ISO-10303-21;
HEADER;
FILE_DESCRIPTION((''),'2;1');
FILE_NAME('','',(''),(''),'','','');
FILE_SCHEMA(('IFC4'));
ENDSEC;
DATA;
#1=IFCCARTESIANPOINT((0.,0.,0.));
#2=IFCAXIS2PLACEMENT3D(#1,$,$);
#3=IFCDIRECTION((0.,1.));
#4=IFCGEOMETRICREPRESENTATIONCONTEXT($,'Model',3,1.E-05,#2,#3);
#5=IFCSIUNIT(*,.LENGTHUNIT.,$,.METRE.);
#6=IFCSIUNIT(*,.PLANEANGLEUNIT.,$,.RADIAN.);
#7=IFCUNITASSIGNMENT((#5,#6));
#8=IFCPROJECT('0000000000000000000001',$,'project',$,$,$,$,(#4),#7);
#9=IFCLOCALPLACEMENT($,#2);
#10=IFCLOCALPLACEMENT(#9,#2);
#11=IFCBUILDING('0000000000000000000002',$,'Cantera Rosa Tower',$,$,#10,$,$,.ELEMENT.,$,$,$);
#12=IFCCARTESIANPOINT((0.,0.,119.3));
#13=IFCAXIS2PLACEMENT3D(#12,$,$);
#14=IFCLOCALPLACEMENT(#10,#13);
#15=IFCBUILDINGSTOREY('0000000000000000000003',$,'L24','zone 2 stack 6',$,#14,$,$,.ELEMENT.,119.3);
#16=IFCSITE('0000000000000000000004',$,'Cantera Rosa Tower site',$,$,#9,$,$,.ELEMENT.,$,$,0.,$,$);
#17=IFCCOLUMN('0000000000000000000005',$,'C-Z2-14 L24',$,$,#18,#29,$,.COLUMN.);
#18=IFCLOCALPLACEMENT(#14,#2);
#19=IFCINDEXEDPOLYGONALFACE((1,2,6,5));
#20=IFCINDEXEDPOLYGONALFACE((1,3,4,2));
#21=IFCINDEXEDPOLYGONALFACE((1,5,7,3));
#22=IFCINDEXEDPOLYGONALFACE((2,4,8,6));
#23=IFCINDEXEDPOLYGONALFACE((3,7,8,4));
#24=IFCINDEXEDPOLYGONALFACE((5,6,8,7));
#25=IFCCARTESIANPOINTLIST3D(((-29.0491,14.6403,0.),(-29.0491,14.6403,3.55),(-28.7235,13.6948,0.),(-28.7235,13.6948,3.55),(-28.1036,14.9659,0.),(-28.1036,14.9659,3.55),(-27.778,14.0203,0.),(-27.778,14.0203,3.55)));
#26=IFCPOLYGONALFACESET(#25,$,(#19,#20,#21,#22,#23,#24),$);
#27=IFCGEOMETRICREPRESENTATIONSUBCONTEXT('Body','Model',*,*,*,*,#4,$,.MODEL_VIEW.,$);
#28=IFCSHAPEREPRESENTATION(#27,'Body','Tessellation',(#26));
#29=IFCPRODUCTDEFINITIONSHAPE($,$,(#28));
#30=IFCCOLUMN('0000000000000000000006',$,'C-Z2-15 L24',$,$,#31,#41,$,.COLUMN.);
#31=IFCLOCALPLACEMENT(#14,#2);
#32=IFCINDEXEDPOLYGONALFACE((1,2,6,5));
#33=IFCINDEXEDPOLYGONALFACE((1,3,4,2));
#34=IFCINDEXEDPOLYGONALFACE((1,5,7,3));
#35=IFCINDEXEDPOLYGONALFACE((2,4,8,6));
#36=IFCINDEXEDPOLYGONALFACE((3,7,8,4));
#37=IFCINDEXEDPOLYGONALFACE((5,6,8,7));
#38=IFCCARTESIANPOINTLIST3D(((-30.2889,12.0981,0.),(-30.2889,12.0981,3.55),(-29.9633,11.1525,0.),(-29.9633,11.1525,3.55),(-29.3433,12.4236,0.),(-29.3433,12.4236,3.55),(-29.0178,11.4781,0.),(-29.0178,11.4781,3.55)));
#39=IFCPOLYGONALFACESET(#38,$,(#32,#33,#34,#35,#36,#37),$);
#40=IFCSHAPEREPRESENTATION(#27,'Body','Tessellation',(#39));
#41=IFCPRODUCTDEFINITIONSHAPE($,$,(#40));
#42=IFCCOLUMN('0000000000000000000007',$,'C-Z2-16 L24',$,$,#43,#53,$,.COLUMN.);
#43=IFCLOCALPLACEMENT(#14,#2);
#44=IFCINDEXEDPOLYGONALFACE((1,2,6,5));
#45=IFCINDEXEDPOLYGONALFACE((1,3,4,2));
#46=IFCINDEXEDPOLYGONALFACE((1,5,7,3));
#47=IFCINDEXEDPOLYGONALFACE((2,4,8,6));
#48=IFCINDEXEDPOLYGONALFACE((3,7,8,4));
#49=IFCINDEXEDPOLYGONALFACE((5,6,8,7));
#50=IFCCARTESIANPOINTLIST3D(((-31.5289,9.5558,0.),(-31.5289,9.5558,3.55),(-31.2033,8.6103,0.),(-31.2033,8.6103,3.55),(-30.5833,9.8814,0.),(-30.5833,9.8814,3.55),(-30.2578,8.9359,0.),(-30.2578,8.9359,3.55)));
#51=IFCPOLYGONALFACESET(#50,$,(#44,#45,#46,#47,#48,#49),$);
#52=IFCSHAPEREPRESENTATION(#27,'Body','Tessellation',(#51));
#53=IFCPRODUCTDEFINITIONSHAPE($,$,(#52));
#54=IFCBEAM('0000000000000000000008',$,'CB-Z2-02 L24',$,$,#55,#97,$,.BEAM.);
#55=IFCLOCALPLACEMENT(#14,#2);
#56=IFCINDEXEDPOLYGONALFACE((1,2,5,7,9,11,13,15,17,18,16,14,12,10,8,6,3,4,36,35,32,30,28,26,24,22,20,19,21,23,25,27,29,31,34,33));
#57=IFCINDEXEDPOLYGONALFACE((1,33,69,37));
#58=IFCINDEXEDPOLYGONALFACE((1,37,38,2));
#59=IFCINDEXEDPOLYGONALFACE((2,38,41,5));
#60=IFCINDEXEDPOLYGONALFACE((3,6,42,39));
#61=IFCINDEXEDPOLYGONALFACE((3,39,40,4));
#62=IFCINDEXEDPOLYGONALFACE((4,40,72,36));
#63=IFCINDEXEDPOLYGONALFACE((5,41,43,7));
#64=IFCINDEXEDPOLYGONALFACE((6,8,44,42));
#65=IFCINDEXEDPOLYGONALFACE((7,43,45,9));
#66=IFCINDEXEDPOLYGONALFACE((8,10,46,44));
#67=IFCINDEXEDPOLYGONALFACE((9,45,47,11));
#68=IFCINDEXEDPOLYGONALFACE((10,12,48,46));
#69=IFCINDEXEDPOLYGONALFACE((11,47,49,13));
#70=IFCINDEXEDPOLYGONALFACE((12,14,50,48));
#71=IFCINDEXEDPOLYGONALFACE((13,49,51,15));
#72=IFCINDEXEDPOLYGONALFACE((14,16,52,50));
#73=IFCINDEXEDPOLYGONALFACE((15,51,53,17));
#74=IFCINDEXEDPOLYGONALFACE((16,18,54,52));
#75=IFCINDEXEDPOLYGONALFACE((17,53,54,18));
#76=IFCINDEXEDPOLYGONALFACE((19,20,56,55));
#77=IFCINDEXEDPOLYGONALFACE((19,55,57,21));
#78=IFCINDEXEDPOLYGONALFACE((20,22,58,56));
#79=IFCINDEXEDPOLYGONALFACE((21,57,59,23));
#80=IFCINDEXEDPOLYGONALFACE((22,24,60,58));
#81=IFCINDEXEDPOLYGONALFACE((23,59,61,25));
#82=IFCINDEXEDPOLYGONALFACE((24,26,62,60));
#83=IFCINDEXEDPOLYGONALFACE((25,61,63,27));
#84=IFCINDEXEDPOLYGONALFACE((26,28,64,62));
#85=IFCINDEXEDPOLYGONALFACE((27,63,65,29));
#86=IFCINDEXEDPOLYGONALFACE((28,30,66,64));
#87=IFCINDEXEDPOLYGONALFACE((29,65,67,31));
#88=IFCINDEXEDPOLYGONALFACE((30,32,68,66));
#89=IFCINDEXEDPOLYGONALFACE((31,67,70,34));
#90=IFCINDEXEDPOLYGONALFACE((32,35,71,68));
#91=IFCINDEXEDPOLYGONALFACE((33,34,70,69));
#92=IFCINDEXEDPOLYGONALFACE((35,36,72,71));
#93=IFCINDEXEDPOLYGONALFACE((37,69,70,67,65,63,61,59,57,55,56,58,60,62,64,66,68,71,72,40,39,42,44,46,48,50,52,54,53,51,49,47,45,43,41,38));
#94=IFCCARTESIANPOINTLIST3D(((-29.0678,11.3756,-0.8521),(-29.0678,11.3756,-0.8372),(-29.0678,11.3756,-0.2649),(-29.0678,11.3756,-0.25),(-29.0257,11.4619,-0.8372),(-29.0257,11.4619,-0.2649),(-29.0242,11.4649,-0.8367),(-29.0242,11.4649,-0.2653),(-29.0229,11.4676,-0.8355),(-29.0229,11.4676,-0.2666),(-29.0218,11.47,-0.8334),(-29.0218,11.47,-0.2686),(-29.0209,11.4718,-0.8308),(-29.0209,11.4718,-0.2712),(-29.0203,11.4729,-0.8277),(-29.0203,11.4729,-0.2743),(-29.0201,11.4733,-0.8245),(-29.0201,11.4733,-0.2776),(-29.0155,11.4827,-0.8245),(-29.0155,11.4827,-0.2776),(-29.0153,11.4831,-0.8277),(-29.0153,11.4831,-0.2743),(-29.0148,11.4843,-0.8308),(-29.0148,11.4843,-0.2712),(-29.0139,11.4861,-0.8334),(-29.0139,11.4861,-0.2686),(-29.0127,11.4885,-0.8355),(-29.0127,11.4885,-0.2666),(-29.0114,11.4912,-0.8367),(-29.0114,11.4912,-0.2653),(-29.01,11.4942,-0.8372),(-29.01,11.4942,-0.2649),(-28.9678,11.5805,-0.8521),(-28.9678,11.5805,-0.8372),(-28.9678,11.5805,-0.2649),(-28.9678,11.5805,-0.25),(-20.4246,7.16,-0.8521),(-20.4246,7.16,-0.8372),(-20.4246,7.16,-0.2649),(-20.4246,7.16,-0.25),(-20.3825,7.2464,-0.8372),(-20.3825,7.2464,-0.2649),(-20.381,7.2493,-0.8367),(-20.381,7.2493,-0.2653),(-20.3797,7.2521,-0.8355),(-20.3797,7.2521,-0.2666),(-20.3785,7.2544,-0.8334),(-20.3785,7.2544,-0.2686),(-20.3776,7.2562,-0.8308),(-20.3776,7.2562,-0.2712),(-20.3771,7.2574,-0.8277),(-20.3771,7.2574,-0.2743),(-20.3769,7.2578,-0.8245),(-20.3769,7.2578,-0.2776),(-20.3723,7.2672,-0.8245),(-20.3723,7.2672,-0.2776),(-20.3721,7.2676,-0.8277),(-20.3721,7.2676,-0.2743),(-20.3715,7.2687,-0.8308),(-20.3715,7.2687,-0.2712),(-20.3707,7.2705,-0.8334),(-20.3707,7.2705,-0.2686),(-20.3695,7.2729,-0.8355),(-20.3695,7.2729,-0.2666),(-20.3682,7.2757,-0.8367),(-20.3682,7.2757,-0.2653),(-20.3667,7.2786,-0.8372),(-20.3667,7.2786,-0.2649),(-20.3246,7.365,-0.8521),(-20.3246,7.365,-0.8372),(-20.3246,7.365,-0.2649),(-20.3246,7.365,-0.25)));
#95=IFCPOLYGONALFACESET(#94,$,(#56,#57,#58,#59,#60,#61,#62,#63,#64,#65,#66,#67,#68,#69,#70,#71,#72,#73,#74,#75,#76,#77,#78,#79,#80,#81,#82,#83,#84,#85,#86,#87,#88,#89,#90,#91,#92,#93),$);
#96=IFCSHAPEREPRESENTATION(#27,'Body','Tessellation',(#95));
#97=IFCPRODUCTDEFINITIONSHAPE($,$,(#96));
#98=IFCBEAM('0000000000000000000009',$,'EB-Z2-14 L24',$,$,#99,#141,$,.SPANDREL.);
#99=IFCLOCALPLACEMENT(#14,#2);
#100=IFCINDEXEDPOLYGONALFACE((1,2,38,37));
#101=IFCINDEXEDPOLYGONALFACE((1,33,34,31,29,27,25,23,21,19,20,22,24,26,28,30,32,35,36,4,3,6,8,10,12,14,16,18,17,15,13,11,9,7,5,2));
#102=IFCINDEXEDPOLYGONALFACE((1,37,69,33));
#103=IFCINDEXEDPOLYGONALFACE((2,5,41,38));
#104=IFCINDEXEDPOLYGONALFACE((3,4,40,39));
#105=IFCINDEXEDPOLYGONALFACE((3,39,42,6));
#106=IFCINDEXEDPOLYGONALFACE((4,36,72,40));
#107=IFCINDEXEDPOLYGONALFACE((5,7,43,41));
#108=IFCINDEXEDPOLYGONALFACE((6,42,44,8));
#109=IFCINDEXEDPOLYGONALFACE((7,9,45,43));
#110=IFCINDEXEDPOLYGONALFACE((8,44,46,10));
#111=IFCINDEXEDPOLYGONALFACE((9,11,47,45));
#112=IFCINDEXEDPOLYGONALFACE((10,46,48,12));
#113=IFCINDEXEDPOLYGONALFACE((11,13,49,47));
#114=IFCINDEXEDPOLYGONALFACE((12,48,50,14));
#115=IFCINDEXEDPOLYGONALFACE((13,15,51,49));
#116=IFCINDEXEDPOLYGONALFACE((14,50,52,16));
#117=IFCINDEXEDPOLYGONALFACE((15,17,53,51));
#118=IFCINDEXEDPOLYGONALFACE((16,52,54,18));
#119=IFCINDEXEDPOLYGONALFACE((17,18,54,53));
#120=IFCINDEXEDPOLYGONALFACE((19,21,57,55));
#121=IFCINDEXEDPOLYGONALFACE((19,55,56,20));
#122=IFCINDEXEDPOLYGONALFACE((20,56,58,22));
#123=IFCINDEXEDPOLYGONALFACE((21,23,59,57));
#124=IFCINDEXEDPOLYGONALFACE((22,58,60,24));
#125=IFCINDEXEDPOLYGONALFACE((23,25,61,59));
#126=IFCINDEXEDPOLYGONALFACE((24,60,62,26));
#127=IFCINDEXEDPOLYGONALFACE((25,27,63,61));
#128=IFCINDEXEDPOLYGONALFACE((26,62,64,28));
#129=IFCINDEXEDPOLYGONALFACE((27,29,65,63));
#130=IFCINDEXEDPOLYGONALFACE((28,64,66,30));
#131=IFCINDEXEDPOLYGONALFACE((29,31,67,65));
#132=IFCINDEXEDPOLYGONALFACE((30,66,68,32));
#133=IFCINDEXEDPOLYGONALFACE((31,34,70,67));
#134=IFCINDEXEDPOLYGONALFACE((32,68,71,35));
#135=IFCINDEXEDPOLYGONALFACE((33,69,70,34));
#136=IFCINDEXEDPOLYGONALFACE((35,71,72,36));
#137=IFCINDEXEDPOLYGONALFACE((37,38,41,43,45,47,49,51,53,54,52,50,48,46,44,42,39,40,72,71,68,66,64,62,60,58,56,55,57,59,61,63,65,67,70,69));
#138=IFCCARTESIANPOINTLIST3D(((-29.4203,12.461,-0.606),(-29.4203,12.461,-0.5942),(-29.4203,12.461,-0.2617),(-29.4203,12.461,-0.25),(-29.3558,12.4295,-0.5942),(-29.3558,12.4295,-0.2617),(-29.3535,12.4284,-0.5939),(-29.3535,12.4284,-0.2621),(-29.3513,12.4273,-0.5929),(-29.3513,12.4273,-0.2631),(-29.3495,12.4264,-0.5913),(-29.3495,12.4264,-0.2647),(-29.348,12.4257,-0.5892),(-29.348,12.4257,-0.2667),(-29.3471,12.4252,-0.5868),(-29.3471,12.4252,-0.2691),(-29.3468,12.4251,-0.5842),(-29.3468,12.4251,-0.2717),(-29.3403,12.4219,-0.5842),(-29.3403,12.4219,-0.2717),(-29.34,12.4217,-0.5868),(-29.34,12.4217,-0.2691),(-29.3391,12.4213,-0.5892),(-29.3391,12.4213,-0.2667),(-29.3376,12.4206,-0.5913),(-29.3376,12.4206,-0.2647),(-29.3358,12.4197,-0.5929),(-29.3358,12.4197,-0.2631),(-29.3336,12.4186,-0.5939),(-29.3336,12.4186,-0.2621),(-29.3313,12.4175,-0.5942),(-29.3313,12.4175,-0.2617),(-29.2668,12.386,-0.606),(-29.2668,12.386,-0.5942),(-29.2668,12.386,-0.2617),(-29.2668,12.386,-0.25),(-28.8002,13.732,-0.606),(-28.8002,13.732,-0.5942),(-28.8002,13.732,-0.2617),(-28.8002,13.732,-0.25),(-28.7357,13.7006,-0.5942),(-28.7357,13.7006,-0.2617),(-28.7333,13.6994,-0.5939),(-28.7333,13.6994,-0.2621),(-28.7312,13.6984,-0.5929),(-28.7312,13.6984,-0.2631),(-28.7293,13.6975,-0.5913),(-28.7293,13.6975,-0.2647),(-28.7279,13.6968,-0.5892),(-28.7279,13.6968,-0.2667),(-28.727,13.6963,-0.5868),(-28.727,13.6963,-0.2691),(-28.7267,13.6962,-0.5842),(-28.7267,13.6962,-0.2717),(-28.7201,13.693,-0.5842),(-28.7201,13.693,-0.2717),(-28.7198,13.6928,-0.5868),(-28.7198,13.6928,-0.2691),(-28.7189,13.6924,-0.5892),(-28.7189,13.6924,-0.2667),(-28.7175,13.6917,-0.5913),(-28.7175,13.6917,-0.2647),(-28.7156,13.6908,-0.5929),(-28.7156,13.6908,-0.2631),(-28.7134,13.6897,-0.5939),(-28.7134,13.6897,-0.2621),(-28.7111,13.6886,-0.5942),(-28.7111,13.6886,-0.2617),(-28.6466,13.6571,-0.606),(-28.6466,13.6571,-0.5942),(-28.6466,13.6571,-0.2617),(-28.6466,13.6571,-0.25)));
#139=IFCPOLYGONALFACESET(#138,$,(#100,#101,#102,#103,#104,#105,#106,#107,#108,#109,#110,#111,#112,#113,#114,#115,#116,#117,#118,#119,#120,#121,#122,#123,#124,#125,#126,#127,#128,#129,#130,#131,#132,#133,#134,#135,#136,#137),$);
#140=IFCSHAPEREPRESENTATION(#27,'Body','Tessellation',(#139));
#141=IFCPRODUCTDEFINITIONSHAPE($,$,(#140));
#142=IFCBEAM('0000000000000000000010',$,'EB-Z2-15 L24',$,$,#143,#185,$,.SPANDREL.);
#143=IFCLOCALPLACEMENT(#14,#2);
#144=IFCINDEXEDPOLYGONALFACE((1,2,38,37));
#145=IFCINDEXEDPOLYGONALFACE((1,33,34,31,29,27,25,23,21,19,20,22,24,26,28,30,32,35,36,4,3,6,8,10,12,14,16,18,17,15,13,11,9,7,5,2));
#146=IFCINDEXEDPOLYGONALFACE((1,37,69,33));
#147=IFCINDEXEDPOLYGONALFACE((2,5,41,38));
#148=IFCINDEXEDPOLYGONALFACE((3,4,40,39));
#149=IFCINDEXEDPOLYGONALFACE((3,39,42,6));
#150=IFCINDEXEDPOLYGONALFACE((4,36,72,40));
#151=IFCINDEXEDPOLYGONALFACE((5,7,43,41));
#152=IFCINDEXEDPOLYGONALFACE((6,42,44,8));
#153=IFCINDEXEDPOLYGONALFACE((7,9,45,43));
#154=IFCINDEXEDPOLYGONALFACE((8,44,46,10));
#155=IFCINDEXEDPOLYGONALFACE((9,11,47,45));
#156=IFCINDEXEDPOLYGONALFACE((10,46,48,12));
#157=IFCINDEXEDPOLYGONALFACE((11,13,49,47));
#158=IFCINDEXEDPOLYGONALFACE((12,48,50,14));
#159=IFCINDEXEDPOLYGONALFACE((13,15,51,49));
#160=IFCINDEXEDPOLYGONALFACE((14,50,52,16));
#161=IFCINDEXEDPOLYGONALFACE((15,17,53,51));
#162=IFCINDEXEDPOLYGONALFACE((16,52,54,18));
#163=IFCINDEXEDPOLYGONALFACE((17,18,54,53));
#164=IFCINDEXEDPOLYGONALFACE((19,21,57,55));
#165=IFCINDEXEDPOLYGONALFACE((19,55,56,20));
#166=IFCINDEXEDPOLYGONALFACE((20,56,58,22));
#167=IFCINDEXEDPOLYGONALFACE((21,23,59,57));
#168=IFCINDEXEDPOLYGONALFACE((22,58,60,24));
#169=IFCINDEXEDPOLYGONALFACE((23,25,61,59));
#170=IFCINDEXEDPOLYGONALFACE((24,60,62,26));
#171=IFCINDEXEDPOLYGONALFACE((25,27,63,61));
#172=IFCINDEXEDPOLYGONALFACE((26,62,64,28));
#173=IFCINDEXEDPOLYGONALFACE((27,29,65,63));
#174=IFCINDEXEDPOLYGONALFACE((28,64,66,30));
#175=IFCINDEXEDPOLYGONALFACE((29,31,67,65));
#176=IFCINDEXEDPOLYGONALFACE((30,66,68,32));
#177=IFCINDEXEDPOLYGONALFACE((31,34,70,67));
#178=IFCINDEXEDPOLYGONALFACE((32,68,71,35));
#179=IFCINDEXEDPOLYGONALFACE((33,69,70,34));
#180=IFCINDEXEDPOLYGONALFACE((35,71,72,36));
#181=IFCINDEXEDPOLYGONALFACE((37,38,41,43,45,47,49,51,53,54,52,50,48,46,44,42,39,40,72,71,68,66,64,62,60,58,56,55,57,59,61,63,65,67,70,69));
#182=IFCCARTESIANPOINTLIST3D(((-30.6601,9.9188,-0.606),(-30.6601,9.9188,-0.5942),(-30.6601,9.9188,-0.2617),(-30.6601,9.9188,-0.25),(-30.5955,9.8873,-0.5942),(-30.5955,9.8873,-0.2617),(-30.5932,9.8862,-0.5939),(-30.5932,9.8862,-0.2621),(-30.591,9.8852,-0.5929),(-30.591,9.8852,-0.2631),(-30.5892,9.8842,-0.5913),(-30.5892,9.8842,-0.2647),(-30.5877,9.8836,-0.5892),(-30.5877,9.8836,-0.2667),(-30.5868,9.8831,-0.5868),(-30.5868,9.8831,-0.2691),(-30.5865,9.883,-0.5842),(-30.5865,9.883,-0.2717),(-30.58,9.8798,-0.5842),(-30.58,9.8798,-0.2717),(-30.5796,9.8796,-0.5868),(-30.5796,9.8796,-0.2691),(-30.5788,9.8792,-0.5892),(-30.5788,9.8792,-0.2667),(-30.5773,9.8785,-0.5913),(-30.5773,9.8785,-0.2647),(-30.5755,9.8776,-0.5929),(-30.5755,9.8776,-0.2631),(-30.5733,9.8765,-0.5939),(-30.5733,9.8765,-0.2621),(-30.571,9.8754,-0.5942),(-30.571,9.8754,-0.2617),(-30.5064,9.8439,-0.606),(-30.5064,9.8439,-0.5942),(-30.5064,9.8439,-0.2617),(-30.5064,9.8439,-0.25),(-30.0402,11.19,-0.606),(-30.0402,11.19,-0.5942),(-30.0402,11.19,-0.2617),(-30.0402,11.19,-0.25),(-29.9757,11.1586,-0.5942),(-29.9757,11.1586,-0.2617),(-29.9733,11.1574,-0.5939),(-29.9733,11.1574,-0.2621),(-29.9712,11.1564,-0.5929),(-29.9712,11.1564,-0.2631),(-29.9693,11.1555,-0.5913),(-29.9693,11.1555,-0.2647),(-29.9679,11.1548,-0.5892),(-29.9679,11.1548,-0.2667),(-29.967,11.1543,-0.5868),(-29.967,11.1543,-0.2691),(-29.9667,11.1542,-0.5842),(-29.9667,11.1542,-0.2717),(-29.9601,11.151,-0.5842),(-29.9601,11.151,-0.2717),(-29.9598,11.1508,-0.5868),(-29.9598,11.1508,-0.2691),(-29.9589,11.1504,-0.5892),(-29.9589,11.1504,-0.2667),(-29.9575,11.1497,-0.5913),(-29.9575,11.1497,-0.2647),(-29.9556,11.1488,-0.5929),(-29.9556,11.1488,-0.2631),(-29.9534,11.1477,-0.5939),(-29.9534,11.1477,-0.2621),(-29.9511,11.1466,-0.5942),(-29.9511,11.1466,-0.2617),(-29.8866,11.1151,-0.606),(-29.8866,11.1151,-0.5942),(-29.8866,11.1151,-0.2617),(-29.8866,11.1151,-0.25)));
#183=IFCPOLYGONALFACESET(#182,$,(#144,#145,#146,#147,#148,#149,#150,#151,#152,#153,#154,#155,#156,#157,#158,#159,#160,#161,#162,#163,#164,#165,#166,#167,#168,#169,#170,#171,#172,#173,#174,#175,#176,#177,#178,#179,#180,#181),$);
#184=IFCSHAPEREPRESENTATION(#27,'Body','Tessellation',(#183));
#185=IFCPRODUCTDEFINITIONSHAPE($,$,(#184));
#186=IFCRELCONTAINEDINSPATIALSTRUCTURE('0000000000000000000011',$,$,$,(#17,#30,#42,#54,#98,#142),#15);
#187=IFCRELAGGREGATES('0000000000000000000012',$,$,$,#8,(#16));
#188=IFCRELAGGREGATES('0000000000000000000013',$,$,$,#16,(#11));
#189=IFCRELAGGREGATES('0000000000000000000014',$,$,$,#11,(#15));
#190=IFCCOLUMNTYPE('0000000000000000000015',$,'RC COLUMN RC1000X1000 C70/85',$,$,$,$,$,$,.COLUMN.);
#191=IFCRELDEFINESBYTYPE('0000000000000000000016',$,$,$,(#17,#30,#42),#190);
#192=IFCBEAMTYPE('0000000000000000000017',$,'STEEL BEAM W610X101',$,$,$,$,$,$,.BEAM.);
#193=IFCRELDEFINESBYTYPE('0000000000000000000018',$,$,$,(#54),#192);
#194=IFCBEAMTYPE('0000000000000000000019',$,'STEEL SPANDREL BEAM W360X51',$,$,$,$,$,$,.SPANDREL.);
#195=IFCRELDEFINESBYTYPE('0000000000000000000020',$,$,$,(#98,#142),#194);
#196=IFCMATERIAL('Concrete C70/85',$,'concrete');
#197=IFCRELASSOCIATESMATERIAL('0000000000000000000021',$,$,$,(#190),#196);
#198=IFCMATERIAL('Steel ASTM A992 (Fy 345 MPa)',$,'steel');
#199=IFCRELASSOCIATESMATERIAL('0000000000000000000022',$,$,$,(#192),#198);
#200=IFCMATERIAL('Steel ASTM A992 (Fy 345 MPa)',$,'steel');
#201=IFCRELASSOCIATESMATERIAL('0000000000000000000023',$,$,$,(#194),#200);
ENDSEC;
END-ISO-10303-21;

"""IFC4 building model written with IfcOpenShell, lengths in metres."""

from ifc_helpers import new_model, si_unit, direction, frame, origin, origin_2d, place, context, subcontext, project, spatial, rectangle, i_section, extrude, material, material_profile, profile_set, type_object, element, save


model = new_model("IFC4")

# Units and contexts
model_context = context("Model", 3, precision=1e-05, world=origin(), true_north=direction((0.0, 1.0)))
body_context = subcontext(model_context, "Body", "Model", "MODEL_VIEW")
ifc_project = project(units=[si_unit("LENGTHUNIT", "METRE"), si_unit("PLANEANGLEUNIT", "RADIAN")], contexts=[model_context])

# Site, building, storey
site_placement = place(None, origin())
site = spatial("IfcSite", under=ifc_project, at=site_placement, Name="Cantera Rosa Tower site", CompositionType="ELEMENT", RefElevation=0.0)
building_placement = place(site_placement, origin())
building = spatial("IfcBuilding", under=site, at=building_placement, Name="Cantera Rosa Tower", CompositionType="ELEMENT")
storey_placement = place(building_placement, frame((0.0, 0.0, 119.3)))
storey = spatial("IfcBuildingStorey", under=building, at=storey_placement, Name="L24", Description="zone 2 stack 6", CompositionType="ELEMENT", Elevation=119.3)

# Columns
ifc_material_1 = material(Name="Concrete C70/85", Category="concrete")
ifc_material_profile_1 = material_profile(ifc_material_1, rectangle(XDim=1.0, YDim=1.0, at=origin_2d()), Name="RC COLUMN RC1000X1000 C70/85")
ifc_profile_set_1 = profile_set([ifc_material_profile_1], Name="Concrete C70/85")
column_type = type_object("IfcColumnType", Name="RC COLUMN RC1000X1000 C70/85", PredefinedType="COLUMN", material=ifc_profile_set_1)
for number, where, z_axis, x_axis, name in (
    (1, (-28.4136, 14.3303, 0.0), (0.0, 0.0, 1.0), (0.945519, 0.325568, 0.0), "C-Z2-14 L24"),
    (2, (-29.6533, 11.7881, 0.0), (0.0, 0.0, 1.0), (0.945519, 0.325568, 0.0), "C-Z2-15 L24"),
    (3, (-30.8933, 9.2458, 0.0), (0.0, 0.0, 1.0), (0.945519, 0.325568, 0.0), "C-Z2-16 L24"),
):
    element("IfcColumn", number, at=place(storey_placement, frame(where, z_axis=z_axis, x_axis=x_axis)), inside=storey, type_object=column_type, Name=name, PredefinedType="COLUMN", context=body_context, shape_type="SweptSolid", body=[
        extrude(rectangle(XDim=1.0, YDim=1.0, at=origin_2d()), origin(), (0.0, 0.0, 1.0), 3.55),
    ])

# Beams
ifc_material_2 = material(Name="Steel ASTM A992 (Fy 345 MPa)", Category="steel")
ifc_material_profile_2 = material_profile(ifc_material_2, i_section(OverallWidth=0.228, OverallDepth=0.6021, WebThickness=0.0105, FlangeThickness=0.0149, FilletRadius=0.0127, at=origin_2d()), Name="W610X101")
ifc_profile_set_2 = profile_set([ifc_material_profile_2], Name="Steel ASTM A992 (Fy 345 MPa)")
beam_type_1 = type_object("IfcBeamType", Name="STEEL BEAM W610X101", PredefinedType="BEAM", material=ifc_profile_set_2)
beam_1_placement = place(storey_placement, frame((-29.0178, 11.478, -0.551), z_axis=(0.898796, -0.438367, 0.0), x_axis=(0.438367, 0.898796, 0.0)))
element("IfcBeam", 4, at=beam_1_placement, inside=storey, type_object=beam_type_1, Name="CB-Z2-02 L24", PredefinedType="BEAM", context=body_context, shape_type="SweptSolid", body=[
    extrude(i_section(OverallWidth=0.228, OverallDepth=0.6021, WebThickness=0.0105, FlangeThickness=0.0149, FilletRadius=0.0127, at=origin_2d()), origin(), (0.0, 0.0, 1.0), 9.6165),
])
ifc_material_3 = material(Name="Steel ASTM A992 (Fy 345 MPa)", Category="steel")
ifc_material_profile_3 = material_profile(ifc_material_3, i_section(OverallWidth=0.1709, OverallDepth=0.356, WebThickness=0.0073, FlangeThickness=0.0117, FilletRadius=0.01, at=origin_2d()), Name="W360X51")
ifc_profile_set_3 = profile_set([ifc_material_profile_3], Name="Steel ASTM A992 (Fy 345 MPa)")
beam_type_2 = type_object("IfcBeamType", Name="STEEL SPANDREL BEAM W360X51", PredefinedType="SPANDREL", material=ifc_profile_set_3)
for number, where, z_axis, x_axis, name in (
    (5, (-28.7234, 13.6946, -0.428), (-0.438492, -0.898735, 0.0), (0.898735, -0.438492, 0.0), "EB-Z2-14 L24"),
    (6, (-29.9634, 11.1526, -0.428), (-0.438284, -0.898836, 0.0), (0.898836, -0.438284, 0.0), "EB-Z2-15 L24"),
):
    element("IfcBeam", number, at=place(storey_placement, frame(where, z_axis=z_axis, x_axis=x_axis)), inside=storey, type_object=beam_type_2, Name=name, PredefinedType="SPANDREL", context=body_context, shape_type="SweptSolid", body=[
        extrude(i_section(OverallWidth=0.1709, OverallDepth=0.356, WebThickness=0.0073, FlangeThickness=0.0117, FilletRadius=0.01, at=origin_2d()), origin(), (0.0, 0.0, 1.0), 1.4143),
    ])

save(model, "model.ifc")
